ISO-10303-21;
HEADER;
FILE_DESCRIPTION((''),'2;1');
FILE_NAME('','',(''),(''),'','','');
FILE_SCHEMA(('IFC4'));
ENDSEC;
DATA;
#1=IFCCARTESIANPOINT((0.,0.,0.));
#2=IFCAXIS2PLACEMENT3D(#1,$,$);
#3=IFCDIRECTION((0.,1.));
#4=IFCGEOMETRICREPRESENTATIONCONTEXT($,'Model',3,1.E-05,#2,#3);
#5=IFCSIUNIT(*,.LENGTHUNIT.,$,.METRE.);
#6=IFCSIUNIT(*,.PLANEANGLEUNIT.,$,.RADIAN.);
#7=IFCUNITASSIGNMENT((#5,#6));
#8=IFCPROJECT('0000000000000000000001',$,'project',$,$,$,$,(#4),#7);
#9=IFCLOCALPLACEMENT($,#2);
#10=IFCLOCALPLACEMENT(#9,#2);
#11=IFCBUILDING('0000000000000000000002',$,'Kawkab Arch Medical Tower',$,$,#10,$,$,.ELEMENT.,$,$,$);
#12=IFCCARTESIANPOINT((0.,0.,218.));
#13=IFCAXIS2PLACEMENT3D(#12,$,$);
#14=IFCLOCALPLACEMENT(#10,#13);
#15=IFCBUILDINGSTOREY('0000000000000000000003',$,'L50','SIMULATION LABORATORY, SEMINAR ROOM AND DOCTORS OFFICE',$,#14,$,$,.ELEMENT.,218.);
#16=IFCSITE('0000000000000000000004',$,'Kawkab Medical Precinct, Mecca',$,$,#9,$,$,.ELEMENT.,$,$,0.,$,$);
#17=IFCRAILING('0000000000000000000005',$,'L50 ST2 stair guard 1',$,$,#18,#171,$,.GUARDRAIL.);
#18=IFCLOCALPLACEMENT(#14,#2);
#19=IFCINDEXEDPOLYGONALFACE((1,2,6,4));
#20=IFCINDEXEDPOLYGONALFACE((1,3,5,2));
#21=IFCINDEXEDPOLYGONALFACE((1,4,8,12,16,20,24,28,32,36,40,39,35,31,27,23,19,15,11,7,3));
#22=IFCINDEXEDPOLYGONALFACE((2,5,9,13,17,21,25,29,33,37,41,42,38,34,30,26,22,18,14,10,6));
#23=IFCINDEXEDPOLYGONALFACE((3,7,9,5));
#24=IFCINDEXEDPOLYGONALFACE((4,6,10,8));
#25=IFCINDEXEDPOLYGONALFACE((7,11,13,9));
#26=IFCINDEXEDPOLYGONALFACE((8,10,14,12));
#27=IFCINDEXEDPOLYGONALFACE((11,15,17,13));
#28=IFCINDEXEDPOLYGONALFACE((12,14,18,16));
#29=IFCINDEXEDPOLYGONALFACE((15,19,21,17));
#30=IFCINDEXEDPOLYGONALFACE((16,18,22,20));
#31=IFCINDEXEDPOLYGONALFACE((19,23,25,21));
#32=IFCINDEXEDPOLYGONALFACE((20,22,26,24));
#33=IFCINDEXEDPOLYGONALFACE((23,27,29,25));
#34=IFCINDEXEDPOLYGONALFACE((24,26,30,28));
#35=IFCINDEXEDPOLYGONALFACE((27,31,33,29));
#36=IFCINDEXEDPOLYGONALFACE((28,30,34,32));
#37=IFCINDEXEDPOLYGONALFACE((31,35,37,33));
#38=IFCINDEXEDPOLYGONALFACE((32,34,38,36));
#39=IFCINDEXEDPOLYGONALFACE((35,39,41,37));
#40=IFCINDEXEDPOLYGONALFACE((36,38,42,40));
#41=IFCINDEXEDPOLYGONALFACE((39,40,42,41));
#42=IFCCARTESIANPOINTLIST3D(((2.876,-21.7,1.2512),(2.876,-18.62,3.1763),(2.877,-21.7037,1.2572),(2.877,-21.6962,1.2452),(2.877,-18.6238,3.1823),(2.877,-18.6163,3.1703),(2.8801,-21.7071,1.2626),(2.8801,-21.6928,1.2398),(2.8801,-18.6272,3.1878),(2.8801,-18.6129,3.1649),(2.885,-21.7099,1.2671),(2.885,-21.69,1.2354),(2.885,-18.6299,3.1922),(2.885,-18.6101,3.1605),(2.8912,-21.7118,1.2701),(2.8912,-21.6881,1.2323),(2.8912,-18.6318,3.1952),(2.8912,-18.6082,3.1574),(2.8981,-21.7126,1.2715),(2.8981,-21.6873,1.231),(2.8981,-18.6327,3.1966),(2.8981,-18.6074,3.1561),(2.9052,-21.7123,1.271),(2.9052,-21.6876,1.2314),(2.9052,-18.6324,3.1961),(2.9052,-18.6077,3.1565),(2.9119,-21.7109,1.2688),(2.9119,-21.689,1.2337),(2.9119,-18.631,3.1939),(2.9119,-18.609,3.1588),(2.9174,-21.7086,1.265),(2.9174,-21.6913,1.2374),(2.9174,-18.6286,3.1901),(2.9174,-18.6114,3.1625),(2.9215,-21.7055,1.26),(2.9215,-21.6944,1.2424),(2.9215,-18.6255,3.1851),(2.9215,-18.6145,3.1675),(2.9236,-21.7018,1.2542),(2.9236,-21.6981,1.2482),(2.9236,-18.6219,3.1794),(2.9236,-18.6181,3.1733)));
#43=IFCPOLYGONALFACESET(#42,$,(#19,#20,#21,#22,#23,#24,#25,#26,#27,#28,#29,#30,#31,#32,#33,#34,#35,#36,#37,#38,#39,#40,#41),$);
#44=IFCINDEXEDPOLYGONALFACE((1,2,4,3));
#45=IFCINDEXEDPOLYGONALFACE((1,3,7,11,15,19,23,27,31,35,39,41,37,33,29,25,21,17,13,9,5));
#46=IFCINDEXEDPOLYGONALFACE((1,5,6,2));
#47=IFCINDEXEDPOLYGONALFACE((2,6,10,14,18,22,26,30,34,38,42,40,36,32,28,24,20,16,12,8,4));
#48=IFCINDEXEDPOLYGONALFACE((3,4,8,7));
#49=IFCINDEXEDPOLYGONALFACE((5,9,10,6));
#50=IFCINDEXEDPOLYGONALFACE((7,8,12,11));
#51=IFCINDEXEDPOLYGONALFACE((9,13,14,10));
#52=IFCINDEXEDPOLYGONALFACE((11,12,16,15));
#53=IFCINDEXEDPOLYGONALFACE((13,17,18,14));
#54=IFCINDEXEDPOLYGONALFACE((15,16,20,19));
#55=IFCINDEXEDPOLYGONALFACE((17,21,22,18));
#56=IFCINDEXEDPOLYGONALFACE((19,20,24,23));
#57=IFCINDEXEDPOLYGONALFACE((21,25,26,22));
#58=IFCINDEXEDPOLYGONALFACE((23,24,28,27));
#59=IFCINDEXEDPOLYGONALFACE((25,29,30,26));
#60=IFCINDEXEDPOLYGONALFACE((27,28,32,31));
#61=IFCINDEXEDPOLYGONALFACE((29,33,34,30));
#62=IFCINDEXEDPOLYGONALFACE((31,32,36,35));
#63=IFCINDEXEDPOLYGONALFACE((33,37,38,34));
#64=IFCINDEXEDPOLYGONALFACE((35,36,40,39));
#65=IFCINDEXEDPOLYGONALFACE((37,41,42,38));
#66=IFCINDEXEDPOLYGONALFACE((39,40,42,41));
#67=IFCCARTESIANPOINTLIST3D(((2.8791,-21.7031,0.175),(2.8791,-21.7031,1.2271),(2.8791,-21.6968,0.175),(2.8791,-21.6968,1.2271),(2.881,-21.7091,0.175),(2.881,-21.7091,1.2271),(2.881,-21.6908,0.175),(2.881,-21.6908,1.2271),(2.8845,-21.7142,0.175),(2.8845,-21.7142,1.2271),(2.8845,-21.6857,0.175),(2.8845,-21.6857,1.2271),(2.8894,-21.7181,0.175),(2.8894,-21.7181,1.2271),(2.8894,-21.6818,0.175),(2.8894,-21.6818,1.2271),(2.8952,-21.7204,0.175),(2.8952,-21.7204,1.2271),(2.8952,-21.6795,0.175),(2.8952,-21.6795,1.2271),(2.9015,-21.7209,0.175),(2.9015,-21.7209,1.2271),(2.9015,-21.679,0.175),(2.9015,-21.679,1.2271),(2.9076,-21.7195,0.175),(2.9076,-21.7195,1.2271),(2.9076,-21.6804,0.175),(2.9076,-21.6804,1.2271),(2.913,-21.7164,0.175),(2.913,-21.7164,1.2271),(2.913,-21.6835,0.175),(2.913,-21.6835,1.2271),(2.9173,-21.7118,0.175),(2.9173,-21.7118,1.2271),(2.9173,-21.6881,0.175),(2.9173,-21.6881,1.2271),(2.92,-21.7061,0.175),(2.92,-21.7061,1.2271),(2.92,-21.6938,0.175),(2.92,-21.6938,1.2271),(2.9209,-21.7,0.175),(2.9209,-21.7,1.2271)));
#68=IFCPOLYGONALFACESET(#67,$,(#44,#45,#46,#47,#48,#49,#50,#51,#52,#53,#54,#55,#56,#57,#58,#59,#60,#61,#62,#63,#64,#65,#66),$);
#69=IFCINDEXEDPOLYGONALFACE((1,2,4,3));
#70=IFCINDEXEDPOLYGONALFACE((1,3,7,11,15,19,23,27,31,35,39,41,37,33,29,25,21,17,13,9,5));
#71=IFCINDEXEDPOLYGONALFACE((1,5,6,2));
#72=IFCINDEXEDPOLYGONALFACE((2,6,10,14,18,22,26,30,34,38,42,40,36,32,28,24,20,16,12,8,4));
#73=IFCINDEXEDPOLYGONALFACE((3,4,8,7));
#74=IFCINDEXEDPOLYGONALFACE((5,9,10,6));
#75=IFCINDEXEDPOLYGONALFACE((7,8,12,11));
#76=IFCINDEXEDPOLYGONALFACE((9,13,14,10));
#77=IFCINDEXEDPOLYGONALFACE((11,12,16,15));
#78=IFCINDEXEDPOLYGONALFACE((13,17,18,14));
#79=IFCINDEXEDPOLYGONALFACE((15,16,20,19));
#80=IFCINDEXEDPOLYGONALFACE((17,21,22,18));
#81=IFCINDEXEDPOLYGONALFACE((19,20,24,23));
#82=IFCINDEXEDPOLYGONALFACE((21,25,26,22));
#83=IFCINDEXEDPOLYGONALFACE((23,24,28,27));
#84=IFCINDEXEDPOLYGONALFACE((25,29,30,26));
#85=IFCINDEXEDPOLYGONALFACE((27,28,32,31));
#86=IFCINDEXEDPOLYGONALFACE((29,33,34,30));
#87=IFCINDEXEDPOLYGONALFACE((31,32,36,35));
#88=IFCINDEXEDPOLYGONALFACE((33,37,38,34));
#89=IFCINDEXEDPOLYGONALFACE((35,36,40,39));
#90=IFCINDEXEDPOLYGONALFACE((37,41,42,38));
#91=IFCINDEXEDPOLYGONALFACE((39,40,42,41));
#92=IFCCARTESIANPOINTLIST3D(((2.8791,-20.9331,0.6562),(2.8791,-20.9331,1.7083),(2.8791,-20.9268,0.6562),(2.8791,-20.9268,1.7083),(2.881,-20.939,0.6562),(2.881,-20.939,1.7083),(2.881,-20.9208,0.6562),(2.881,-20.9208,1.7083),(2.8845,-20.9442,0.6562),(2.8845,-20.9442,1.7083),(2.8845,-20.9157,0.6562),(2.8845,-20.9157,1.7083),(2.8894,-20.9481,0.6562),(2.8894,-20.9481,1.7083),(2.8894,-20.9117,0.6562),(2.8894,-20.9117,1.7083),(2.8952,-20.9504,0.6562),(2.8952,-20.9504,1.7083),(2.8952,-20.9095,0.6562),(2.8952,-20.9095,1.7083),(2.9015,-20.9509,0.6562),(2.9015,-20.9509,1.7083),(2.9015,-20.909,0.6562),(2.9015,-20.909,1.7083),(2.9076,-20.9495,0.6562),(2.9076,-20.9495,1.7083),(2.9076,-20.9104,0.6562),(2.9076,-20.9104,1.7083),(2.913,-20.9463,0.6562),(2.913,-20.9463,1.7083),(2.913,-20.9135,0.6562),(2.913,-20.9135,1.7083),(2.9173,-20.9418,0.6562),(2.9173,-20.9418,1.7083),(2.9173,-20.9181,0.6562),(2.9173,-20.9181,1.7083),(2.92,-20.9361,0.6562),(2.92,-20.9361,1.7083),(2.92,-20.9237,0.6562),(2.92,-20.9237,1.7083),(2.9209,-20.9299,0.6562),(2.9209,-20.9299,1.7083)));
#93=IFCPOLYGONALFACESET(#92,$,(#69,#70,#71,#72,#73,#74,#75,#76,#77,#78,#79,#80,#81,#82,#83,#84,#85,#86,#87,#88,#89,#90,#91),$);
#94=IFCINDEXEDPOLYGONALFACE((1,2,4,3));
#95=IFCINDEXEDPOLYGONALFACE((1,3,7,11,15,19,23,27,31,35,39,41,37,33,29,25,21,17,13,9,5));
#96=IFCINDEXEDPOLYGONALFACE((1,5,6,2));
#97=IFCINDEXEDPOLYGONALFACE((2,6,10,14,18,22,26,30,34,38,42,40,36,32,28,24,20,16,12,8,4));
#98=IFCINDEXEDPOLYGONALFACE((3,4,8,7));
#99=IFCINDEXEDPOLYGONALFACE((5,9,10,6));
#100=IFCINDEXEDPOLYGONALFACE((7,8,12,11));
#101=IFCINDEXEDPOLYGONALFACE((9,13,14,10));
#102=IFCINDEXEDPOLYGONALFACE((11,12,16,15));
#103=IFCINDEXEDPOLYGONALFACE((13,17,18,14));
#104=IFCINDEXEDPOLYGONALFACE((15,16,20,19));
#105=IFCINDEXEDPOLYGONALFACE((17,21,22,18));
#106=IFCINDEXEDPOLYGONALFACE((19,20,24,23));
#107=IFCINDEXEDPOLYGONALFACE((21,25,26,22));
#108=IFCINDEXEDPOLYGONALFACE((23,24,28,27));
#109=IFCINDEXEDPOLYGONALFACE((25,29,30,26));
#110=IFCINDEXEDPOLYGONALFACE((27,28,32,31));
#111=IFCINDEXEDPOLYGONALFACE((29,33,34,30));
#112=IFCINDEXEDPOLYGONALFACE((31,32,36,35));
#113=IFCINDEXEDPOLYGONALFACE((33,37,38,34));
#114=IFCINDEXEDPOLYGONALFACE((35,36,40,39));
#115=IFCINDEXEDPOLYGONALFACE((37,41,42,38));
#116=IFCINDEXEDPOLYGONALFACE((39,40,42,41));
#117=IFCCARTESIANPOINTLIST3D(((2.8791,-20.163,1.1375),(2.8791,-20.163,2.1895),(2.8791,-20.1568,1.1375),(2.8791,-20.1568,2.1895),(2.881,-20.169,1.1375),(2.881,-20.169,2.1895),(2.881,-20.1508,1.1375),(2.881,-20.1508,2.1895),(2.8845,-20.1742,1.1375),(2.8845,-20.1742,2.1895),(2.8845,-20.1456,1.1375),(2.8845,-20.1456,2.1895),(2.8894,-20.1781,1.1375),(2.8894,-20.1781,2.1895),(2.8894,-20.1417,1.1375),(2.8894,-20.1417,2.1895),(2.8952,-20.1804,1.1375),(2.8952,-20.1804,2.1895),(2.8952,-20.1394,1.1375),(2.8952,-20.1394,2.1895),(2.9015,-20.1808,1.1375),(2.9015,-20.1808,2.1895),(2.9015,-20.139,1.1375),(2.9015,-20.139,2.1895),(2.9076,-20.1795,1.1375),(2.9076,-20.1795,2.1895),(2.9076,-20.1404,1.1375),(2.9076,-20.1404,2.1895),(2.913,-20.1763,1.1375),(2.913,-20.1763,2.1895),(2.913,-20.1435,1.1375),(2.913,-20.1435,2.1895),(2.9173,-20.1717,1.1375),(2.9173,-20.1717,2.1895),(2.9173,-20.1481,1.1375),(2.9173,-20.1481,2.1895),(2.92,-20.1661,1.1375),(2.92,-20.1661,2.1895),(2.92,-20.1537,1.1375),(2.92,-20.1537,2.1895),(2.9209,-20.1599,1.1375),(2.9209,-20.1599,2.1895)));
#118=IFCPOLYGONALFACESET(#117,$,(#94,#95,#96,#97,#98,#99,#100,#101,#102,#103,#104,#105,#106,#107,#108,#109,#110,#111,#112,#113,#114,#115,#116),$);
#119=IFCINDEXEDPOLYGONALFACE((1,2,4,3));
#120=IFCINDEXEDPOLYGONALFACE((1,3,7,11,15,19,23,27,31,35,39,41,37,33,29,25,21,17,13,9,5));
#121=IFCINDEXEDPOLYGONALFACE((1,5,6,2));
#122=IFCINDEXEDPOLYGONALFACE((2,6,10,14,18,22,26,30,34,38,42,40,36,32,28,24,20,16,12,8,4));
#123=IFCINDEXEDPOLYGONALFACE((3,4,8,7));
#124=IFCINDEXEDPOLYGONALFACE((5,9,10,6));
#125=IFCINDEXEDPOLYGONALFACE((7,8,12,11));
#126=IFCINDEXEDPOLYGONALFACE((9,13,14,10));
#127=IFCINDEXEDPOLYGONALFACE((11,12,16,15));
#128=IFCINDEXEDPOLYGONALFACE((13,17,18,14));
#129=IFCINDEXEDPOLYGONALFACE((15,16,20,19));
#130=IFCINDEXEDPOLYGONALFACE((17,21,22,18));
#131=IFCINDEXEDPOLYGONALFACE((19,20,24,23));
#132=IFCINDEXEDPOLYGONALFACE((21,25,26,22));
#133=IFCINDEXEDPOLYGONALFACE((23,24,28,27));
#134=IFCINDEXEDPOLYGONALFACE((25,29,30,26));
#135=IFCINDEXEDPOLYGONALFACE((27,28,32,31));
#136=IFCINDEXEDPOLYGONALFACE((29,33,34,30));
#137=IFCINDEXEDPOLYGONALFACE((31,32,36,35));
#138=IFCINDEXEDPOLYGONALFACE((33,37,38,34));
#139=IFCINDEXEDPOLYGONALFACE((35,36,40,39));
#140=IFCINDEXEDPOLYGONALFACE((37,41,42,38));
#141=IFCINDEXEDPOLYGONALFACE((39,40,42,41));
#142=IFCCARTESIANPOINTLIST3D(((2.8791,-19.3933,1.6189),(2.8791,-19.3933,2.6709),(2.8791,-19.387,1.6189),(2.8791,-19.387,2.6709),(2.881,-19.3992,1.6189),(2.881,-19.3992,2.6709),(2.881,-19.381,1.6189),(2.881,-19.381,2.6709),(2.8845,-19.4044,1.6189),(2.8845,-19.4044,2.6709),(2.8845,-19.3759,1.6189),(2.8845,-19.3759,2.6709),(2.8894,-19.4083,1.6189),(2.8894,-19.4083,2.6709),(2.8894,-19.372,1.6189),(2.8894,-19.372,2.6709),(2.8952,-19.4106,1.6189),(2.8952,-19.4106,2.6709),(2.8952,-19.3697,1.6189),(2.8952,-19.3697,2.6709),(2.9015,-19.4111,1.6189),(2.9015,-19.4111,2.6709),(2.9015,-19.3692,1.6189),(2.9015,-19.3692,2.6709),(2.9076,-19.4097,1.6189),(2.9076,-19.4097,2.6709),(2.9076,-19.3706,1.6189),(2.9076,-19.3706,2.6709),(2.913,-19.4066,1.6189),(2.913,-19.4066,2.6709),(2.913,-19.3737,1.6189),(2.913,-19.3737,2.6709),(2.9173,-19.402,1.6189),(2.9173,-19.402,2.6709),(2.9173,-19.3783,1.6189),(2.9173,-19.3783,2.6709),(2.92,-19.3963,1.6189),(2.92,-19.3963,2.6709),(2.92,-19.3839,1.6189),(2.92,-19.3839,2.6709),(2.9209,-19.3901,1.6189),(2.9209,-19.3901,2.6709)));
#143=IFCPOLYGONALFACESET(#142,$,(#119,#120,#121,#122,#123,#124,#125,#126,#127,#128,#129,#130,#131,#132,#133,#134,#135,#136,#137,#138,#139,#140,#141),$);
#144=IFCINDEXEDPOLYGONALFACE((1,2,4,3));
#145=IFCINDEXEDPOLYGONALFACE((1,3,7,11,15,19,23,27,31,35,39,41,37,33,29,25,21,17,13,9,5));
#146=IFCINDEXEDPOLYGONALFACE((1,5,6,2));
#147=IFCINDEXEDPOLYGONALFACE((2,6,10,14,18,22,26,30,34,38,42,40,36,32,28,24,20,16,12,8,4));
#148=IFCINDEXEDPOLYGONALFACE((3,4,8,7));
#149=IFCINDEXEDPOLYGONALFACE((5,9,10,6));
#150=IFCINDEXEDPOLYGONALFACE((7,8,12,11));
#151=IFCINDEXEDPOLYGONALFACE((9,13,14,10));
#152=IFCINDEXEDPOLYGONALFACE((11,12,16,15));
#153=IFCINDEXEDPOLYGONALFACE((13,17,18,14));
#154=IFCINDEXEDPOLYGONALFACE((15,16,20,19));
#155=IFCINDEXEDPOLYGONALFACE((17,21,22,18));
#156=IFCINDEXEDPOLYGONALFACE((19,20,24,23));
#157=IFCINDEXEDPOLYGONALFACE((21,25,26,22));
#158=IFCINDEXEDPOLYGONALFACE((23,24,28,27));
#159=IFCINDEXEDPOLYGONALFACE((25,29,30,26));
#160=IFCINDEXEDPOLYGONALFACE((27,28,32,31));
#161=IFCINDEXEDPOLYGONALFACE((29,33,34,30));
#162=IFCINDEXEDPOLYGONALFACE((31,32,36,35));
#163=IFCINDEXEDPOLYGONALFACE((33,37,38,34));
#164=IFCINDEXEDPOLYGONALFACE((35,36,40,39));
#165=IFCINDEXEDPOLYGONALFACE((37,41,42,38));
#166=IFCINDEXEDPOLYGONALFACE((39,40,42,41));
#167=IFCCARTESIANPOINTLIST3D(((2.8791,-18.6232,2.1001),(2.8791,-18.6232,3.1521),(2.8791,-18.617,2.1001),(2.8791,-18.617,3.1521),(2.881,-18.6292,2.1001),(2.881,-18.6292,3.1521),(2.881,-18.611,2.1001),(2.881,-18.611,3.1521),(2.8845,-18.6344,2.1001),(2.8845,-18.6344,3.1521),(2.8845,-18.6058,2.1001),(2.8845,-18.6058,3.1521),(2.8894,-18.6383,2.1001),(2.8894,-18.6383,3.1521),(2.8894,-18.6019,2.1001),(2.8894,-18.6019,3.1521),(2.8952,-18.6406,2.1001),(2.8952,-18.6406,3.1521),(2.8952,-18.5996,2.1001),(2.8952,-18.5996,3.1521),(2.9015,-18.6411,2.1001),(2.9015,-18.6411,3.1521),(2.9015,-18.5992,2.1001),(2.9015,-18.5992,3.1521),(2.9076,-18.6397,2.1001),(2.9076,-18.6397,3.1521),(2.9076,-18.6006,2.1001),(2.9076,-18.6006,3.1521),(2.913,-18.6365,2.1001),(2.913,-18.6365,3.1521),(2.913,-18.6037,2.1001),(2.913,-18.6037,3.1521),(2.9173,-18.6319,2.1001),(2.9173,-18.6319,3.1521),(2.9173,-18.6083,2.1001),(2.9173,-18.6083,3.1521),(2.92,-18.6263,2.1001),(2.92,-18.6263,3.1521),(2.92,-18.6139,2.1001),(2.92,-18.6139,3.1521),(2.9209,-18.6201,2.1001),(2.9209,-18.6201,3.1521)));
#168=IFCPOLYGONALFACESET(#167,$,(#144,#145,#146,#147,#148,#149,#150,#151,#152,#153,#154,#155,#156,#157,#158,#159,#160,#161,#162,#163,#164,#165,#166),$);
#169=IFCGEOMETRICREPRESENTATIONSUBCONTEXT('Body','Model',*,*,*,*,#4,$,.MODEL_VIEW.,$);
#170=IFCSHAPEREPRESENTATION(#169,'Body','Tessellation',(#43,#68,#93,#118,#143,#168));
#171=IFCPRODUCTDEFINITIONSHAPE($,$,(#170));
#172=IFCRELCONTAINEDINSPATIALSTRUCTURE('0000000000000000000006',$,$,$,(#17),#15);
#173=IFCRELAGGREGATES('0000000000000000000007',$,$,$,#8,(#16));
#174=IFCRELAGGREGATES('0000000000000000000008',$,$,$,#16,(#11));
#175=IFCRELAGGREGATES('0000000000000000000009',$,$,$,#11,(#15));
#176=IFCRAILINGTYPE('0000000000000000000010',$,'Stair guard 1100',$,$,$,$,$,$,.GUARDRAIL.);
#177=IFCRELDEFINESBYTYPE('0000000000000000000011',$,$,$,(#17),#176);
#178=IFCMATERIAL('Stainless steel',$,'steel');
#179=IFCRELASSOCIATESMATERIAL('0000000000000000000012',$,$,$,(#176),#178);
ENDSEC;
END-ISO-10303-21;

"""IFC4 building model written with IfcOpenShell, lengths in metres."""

from ifc_helpers import new_model, si_unit, direction, frame, origin, origin_2d, place, context, subcontext, project, spatial, circle, extrude, material, type_object, element, save


model = new_model("IFC4")

# Units and contexts
model_context = context("Model", 3, precision=1e-05, world=origin(), true_north=direction((0.0, 1.0)))
body_context = subcontext(model_context, "Body", "Model", "MODEL_VIEW")
ifc_project = project(units=[si_unit("LENGTHUNIT", "METRE"), si_unit("PLANEANGLEUNIT", "RADIAN")], contexts=[model_context])

# Site, building, storey
site_placement = place(None, origin())
site = spatial("IfcSite", under=ifc_project, at=site_placement, Name="Kawkab Medical Precinct, Mecca", CompositionType="ELEMENT", RefElevation=0.0)
building_placement = place(site_placement, origin())
building = spatial("IfcBuilding", under=site, at=building_placement, Name="Kawkab Arch Medical Tower", CompositionType="ELEMENT")
storey_placement = place(building_placement, frame((0.0, 0.0, 218.0)))
storey = spatial("IfcBuildingStorey", under=building, at=storey_placement, Name="L50", Description="SIMULATION LABORATORY, SEMINAR ROOM AND DOCTORS OFFICE", CompositionType="ELEMENT", Elevation=218.0)

# Railing
ifc_material_1 = material(Name="Stainless steel", Category="steel")
railing_type = type_object("IfcRailingType", Name="Stair guard 1100", PredefinedType="GUARDRAIL", material=ifc_material_1)
railing_1_placement = place(storey_placement, frame((2.8999, -21.7, 0.175)))
element("IfcRailing", 1, at=railing_1_placement, inside=storey, type_object=railing_type, Name="L50 ST2 stair guard 1", PredefinedType="GUARDRAIL", context=body_context, shape_type="SweptSolid", body=[
    extrude(circle(Radius=0.0239, at=origin_2d()), frame((0.0, 0.0, 1.0762), z_axis=(0.0, 0.847979, 0.530029), x_axis=(-1.0, 0.0, 0.0)), (0.0, 0.0, 1.0), 3.6321),
    extrude(circle(Radius=0.021, at=origin_2d()), origin(), (0.0, 0.0, 1.0), 1.052),
    extrude(circle(Radius=0.021, at=origin_2d()), frame((0.0, 0.77, 0.4812)), (0.0, 0.0, 1.0), 1.052),
    extrude(circle(Radius=0.021, at=origin_2d()), frame((0.0, 1.54, 0.9624)), (0.0, 0.0, 1.0), 1.052),
    extrude(circle(Radius=0.021, at=origin_2d()), frame((0.0, 2.3098, 1.4438)), (0.0, 0.0, 1.0), 1.052),
    extrude(circle(Radius=0.021, at=origin_2d()), frame((0.0, 3.0798, 1.925)), (0.0, 0.0, 1.0), 1.052),
])

save(model, "model.ifc")
